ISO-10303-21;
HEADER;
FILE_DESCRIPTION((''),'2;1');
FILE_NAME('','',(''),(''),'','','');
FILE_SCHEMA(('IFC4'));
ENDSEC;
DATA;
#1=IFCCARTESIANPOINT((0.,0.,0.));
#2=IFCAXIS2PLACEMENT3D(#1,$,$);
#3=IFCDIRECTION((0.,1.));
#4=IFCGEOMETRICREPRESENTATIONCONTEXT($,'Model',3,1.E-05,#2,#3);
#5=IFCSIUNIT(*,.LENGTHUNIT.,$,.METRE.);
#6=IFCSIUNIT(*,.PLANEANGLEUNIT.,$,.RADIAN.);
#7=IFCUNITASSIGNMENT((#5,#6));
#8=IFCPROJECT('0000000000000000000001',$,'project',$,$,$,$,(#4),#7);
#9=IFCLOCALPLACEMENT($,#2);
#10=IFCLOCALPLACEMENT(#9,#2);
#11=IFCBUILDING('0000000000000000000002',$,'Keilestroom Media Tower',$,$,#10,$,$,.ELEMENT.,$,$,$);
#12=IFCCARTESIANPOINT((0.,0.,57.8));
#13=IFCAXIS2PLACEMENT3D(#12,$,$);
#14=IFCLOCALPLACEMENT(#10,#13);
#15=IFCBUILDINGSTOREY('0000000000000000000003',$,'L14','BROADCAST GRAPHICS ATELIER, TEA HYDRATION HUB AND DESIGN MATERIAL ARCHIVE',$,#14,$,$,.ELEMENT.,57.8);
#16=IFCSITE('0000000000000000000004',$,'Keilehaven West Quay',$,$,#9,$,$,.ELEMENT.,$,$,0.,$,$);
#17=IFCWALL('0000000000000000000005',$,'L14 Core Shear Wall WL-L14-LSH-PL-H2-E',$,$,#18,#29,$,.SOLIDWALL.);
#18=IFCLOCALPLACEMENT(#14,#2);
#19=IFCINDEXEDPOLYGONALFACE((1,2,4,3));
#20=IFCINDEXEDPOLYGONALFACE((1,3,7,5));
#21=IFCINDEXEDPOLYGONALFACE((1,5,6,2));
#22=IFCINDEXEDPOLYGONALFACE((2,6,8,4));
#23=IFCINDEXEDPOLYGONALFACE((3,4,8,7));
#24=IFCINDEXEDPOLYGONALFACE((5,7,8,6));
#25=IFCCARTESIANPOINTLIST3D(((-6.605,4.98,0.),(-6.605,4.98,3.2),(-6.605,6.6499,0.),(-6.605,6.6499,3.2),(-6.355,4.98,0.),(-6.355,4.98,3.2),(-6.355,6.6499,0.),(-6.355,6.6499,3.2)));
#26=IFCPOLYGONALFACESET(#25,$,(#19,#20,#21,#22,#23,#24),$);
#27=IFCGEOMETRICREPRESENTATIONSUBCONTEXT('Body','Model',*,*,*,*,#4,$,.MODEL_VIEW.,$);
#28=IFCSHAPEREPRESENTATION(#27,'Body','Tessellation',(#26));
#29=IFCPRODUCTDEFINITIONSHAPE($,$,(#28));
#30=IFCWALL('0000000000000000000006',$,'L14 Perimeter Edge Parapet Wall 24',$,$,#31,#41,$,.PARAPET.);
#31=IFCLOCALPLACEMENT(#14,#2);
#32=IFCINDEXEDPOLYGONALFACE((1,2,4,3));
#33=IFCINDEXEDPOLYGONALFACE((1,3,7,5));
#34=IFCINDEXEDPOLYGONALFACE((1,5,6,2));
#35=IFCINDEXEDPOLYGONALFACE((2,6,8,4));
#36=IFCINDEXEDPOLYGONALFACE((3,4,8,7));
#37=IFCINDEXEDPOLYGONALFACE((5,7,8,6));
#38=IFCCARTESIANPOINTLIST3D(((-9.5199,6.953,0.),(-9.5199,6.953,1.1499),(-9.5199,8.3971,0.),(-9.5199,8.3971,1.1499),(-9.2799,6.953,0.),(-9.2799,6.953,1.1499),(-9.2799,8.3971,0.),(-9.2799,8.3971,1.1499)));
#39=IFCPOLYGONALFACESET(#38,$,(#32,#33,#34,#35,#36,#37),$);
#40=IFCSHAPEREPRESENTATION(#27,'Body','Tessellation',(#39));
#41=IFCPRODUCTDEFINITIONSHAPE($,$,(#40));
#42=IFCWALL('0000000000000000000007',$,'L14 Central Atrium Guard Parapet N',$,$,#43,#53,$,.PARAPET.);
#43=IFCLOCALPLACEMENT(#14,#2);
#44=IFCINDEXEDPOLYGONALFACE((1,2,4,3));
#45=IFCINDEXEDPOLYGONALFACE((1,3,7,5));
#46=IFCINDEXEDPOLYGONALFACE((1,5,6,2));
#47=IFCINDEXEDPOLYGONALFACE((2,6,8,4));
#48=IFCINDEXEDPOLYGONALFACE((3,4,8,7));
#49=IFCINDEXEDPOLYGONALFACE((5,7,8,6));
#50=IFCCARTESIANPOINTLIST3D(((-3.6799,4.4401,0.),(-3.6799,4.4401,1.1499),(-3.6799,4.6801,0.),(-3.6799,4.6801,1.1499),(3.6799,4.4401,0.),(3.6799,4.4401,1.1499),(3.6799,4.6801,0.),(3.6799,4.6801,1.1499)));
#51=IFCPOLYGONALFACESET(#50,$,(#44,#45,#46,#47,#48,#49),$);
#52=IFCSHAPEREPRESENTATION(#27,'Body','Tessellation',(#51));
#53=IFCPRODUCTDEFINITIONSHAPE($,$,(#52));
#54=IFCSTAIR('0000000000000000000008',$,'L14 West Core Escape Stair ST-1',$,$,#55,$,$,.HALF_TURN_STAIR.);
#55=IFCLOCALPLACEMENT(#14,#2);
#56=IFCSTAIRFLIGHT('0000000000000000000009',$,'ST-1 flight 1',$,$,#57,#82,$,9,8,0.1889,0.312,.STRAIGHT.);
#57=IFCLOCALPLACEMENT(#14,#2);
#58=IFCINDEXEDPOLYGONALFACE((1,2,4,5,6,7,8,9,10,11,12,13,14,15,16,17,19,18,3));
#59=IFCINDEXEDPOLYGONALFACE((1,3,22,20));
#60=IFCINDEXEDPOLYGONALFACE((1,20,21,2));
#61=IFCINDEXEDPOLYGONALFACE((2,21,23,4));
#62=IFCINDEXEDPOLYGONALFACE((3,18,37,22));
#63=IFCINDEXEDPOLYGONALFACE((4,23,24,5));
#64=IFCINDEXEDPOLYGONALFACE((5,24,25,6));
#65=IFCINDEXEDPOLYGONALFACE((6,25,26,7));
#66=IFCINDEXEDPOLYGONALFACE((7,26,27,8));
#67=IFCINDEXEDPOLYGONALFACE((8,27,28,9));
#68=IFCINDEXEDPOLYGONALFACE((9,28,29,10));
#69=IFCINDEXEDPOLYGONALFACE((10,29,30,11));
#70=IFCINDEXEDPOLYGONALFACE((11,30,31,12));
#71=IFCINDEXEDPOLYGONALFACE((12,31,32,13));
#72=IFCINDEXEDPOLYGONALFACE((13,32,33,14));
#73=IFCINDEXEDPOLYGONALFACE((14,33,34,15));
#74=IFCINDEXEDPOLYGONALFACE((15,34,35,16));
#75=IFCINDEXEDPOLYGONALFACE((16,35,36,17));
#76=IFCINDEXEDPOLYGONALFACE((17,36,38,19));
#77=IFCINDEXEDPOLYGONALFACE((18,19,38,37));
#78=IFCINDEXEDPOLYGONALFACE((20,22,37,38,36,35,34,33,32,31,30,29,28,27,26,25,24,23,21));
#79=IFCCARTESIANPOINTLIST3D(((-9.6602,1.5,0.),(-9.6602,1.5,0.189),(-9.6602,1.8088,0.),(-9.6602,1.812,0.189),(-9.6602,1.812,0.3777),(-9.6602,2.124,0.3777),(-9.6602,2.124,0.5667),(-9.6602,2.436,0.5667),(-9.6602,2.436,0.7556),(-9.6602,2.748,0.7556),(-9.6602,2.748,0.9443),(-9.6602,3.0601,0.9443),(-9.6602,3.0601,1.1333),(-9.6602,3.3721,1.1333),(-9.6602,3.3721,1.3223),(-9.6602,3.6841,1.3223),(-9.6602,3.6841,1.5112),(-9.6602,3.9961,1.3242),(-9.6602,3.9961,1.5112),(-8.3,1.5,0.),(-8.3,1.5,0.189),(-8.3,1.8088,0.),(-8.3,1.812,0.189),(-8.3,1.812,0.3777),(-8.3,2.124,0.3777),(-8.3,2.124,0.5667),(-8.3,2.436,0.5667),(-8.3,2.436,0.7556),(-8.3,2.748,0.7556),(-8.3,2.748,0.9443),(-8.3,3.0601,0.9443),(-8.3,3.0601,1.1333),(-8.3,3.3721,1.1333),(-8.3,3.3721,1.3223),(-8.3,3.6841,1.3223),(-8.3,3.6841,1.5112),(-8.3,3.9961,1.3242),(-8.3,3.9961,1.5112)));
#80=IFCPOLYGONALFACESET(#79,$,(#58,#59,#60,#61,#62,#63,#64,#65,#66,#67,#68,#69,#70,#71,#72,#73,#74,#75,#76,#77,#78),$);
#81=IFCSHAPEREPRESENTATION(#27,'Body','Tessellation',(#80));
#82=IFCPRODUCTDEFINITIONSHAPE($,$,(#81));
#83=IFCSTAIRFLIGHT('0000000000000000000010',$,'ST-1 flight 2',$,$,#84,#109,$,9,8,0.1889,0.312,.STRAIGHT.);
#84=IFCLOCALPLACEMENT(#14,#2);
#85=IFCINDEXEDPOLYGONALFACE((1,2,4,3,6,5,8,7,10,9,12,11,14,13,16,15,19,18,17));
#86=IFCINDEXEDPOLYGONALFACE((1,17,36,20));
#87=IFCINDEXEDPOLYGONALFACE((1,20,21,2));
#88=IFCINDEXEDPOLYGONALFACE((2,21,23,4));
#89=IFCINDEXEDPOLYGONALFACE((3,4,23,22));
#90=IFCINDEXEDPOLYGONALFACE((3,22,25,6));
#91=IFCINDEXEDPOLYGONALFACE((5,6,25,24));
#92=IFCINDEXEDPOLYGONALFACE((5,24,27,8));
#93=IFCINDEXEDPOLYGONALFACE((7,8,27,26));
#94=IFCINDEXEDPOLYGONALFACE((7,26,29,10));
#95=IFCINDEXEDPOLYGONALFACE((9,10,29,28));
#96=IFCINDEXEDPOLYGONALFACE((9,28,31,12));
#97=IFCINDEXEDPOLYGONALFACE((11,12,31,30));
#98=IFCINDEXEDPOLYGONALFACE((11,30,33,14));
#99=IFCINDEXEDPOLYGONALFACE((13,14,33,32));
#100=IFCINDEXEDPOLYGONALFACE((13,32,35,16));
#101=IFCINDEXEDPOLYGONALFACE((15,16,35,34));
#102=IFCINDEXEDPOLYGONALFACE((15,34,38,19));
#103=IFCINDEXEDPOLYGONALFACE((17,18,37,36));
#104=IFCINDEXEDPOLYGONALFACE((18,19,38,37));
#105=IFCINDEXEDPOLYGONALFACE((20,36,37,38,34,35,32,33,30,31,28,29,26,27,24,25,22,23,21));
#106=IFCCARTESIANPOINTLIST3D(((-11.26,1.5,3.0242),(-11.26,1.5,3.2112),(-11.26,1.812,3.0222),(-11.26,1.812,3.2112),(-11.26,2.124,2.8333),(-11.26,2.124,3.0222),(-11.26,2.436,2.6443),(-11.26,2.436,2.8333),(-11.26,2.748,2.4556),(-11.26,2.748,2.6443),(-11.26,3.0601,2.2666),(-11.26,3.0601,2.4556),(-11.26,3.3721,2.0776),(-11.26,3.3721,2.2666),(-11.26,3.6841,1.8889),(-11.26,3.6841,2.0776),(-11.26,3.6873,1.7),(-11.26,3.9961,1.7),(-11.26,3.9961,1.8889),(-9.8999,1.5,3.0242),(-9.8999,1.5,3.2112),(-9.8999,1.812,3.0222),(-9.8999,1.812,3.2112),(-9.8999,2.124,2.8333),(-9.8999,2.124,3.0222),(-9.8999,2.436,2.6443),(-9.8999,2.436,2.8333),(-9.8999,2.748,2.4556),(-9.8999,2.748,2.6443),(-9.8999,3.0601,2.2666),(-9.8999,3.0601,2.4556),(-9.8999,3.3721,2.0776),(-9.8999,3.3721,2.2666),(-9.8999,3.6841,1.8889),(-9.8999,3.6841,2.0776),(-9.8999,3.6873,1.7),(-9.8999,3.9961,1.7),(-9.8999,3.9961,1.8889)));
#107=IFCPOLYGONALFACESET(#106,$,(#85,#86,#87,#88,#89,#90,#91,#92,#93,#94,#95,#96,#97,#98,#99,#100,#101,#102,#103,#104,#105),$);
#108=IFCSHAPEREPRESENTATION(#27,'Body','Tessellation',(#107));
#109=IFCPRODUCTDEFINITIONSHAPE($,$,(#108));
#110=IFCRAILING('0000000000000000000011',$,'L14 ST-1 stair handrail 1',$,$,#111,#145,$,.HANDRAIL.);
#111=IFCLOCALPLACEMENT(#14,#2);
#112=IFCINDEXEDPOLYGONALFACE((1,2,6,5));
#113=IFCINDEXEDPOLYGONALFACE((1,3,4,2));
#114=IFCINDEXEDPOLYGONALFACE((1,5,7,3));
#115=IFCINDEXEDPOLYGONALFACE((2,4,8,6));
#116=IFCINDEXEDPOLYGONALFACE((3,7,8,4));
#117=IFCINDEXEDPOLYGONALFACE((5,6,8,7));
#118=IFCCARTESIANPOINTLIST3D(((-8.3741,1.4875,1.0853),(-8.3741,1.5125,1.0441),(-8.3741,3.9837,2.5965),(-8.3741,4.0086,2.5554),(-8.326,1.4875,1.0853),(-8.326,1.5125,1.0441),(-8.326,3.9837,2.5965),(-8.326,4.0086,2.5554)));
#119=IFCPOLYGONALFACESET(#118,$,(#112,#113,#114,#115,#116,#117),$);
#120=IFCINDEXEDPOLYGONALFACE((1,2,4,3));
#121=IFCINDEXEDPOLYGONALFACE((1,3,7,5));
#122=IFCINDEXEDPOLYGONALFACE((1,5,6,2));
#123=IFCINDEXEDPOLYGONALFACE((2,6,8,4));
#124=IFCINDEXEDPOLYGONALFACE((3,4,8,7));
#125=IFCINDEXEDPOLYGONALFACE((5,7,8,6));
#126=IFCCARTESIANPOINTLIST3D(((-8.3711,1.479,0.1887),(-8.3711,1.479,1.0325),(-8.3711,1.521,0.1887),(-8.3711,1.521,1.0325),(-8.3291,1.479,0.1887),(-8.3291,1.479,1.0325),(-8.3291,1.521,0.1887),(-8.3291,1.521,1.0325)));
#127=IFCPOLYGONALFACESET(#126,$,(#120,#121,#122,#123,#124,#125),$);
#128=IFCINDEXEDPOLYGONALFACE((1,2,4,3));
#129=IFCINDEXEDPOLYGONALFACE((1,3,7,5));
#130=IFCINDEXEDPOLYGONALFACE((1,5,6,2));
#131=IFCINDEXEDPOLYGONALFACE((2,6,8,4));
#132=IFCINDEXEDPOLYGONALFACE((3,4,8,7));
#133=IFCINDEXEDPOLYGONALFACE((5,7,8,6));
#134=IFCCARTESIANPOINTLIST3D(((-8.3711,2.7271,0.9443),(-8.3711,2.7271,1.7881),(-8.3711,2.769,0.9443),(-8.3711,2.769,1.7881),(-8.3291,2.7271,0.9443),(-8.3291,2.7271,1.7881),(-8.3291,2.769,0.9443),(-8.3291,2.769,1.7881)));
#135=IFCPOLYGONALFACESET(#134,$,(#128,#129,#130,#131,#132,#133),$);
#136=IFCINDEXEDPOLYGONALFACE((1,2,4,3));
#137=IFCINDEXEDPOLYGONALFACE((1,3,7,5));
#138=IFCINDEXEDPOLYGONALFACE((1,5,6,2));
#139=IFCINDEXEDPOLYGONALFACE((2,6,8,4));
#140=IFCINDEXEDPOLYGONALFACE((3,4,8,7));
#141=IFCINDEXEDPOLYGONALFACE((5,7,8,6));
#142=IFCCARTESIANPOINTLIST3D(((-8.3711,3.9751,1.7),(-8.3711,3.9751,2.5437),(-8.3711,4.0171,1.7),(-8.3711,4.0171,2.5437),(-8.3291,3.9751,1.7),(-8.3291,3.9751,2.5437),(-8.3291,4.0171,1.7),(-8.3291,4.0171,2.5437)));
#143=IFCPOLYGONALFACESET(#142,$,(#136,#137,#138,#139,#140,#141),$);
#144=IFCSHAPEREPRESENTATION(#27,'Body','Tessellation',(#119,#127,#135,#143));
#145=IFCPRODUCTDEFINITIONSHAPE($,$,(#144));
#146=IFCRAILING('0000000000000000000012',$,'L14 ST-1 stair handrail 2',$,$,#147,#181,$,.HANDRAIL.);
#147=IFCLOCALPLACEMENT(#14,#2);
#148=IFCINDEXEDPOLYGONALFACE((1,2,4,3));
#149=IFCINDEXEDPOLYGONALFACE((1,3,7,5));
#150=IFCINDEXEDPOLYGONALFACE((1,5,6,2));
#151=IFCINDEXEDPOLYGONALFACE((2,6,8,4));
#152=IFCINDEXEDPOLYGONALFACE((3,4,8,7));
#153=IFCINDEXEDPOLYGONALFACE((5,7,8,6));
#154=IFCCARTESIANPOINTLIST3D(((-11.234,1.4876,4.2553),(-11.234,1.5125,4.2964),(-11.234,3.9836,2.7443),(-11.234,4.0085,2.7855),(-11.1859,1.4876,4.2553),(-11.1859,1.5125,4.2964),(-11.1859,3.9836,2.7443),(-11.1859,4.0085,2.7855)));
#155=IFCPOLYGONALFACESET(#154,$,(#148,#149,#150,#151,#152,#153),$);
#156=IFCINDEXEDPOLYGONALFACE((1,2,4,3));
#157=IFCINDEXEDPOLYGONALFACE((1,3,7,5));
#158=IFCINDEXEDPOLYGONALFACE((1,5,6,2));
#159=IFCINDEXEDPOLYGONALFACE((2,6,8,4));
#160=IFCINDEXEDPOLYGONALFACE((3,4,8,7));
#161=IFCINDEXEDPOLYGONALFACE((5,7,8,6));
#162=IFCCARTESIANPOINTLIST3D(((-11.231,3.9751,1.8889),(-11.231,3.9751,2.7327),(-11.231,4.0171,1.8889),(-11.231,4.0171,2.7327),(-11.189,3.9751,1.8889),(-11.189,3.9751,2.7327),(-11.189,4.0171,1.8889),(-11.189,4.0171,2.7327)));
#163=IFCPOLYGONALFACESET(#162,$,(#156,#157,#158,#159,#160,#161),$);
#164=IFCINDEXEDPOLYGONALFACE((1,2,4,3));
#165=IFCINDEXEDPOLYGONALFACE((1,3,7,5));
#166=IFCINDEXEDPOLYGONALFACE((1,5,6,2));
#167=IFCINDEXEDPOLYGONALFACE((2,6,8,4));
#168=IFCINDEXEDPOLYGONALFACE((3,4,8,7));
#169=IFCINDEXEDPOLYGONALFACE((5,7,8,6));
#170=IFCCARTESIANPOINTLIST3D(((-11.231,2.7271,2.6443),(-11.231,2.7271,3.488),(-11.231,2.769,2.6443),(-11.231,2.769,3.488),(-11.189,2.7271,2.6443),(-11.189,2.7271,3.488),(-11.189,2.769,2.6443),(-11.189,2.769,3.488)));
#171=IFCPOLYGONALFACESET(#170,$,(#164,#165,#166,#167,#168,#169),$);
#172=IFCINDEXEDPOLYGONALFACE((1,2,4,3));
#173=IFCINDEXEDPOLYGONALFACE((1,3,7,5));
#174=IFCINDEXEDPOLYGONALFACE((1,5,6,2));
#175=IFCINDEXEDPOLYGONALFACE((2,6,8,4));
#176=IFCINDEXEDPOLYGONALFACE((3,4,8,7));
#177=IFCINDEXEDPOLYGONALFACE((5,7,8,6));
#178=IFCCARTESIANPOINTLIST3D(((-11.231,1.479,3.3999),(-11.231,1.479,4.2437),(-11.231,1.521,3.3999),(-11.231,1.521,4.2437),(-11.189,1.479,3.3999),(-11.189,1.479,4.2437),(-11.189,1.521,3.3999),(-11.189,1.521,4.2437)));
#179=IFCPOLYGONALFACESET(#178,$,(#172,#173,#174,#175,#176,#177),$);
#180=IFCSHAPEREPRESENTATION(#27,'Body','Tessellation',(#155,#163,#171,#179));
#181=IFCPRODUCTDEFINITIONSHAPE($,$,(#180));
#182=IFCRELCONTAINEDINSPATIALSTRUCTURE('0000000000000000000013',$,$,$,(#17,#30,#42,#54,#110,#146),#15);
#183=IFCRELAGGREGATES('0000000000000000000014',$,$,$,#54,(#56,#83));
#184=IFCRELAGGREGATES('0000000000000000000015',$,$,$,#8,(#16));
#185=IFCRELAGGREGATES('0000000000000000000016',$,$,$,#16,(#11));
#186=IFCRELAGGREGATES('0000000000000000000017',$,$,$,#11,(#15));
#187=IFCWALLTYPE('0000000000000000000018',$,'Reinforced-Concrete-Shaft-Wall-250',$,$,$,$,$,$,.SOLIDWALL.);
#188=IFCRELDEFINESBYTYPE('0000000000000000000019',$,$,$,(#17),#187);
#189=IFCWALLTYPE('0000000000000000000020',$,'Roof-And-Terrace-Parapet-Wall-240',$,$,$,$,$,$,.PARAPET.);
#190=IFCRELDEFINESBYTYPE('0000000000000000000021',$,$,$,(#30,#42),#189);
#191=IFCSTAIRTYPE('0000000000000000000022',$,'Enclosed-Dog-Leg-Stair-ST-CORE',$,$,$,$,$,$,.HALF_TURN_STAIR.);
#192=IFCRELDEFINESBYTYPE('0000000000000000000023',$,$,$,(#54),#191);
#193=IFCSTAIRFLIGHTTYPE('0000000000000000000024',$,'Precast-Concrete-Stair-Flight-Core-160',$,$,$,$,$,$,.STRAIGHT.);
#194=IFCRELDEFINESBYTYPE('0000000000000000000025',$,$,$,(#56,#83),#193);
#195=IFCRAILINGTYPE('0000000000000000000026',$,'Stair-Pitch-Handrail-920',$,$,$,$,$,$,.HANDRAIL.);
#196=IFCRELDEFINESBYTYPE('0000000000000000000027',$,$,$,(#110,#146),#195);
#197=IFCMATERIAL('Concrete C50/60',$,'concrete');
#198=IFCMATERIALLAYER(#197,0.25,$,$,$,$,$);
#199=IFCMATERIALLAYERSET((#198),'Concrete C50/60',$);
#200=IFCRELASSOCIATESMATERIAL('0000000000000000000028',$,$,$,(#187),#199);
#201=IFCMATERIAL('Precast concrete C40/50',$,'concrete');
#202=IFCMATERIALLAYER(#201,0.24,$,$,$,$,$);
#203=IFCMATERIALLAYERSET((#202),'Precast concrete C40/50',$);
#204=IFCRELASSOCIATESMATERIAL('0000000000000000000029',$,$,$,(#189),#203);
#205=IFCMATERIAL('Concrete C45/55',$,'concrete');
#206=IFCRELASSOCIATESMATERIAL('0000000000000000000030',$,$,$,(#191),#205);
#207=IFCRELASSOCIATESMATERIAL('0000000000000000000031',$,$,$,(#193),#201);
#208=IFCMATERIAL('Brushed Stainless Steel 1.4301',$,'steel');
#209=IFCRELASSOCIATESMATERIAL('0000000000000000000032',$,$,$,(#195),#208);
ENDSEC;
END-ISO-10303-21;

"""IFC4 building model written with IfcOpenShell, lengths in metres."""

from ifc_helpers import new_model, si_unit, direction, frame, frame_2d, origin, origin_2d, place, context, subcontext, project, spatial, polyline, rectangle, outline, extrude, material, layer, layer_set, type_object, element, aggregate, save


model = new_model("IFC4")

# Units and contexts
model_context = context("Model", 3, precision=1e-05, world=origin(), true_north=direction((0.0, 1.0)))
body_context = subcontext(model_context, "Body", "Model", "MODEL_VIEW")
ifc_project = project(units=[si_unit("LENGTHUNIT", "METRE"), si_unit("PLANEANGLEUNIT", "RADIAN")], contexts=[model_context])

# Site, building, storey
site_placement = place(None, origin())
site = spatial("IfcSite", under=ifc_project, at=site_placement, Name="Keilehaven West Quay", CompositionType="ELEMENT", RefElevation=0.0)
building_placement = place(site_placement, origin())
building = spatial("IfcBuilding", under=site, at=building_placement, Name="Keilestroom Media Tower", CompositionType="ELEMENT")
storey_placement = place(building_placement, frame((0.0, 0.0, 57.8)))
storey = spatial("IfcBuildingStorey", under=building, at=storey_placement, Name="L14", Description="BROADCAST GRAPHICS ATELIER, TEA HYDRATION HUB AND DESIGN MATERIAL ARCHIVE", CompositionType="ELEMENT", Elevation=57.8)

# Shared definitions
ifc_material_1 = material(Name="Concrete C50/60", Category="concrete")

# Shared definitions
ifc_layer_1 = layer(ifc_material_1, 0.25)
ifc_layer_set_1 = layer_set([ifc_layer_1], Name="Concrete C50/60")
wall_type_1 = type_object("IfcWallType", Name="Reinforced-Concrete-Shaft-Wall-250", PredefinedType="SOLIDWALL", material=ifc_layer_set_1)

# Walls
wall_1_placement = place(storey_placement, frame((-6.48, 4.98, 0.0), z_axis=(0.0, 0.0, 1.0), x_axis=(0.0, 1.0, 0.0)))
element("IfcWall", 1, at=wall_1_placement, inside=storey, type_object=wall_type_1, Name="L14 Core Shear Wall WL-L14-LSH-PL-H2-E", PredefinedType="SOLIDWALL", context=body_context, shape_type="SweptSolid", body=[
    extrude(rectangle(XDim=1.6699, YDim=0.25, at=frame_2d((0.835, 0.0))), origin(), (0.0, 0.0, 1.0), 3.2),
])
ifc_material_2 = material(Name="Precast concrete C40/50", Category="concrete")
ifc_layer_2 = layer(ifc_material_2, 0.24)
ifc_layer_set_2 = layer_set([ifc_layer_2], Name="Precast concrete C40/50")
wall_type_2 = type_object("IfcWallType", Name="Roof-And-Terrace-Parapet-Wall-240", PredefinedType="PARAPET", material=ifc_layer_set_2)
wall_2_placement = place(storey_placement, frame((-9.3999, 6.9529, 0.0), z_axis=(0.0, 0.0, 1.0), x_axis=(0.0, 1.0, 0.0)))
element("IfcWall", 2, at=wall_2_placement, inside=storey, type_object=wall_type_2, Name="L14 Perimeter Edge Parapet Wall 24", PredefinedType="PARAPET", context=body_context, shape_type="SweptSolid", body=[
    extrude(rectangle(XDim=1.4441, YDim=0.24, at=frame_2d((0.7222, 0.0))), origin(), (0.0, 0.0, 1.0), 1.1499),
])
wall_3_placement = place(storey_placement, frame((-3.6799, 4.5601, 0.0), z_axis=(0.0, 0.0, 1.0), x_axis=(1.0, 0.0, 0.0)))
element("IfcWall", 3, at=wall_3_placement, inside=storey, type_object=wall_type_2, Name="L14 Central Atrium Guard Parapet N", PredefinedType="PARAPET", context=body_context, shape_type="SweptSolid", body=[
    extrude(rectangle(XDim=7.3599, YDim=0.24, at=frame_2d((3.6799, 0.0))), origin(), (0.0, 0.0, 1.0), 1.1499),
])

# Stair, stair flights
ifc_material_3 = material(Name="Concrete C45/55", Category="concrete")
stair_type = type_object("IfcStairType", Name="Enclosed-Dog-Leg-Stair-ST-CORE", PredefinedType="HALF_TURN_STAIR", material=ifc_material_3)
stair_placement = place(storey_placement, origin())
stair = element("IfcStair", 4, at=stair_placement, inside=storey, type_object=stair_type, Name="L14 West Core Escape Stair ST-1", PredefinedType="HALF_TURN_STAIR")
stair_flight_type = type_object("IfcStairFlightType", Name="Precast-Concrete-Stair-Flight-Core-160", PredefinedType="STRAIGHT", material=ifc_material_2)
stair_flight_1_placement = place(storey_placement, frame((-8.98, 1.5, 0.0), z_axis=(0.0, 0.0, 1.0), x_axis=(0.0, 1.0, 0.0)))
stair_flight_1 = element("IfcStairFlight", 5, at=stair_flight_1_placement, type_object=stair_flight_type, Name="ST-1 flight 1", NumberOfRisers=9, NumberOfTreads=8, PredefinedType="STRAIGHT", RiserHeight=0.1889, TreadLength=0.312, context=body_context, shape_type="SweptSolid", body=[
    extrude(outline(polyline([(0.0, 0.0), (0.0, 0.189), (0.312, 0.189), (0.312, 0.3777), (0.624, 0.3777), (0.624, 0.5667), (0.936, 0.5667), (0.936, 0.7556), (1.248, 0.7556), (1.248, 0.9443), (1.5601, 0.9443), (1.5601, 1.1333), (1.8721, 1.1333), (1.8721, 1.3223), (2.1841, 1.3223), (2.1841, 1.5112), (2.4961, 1.5112), (2.4961, 1.7), (2.4961, 1.3242), (0.3088, 0.0), (0.0, 0.0)])), frame((0.0, 0.6802, 0.0), z_axis=(0.0, -1.0, 0.0), x_axis=(1.0, 0.0, 0.0)), (0.0, 0.0, 1.0), 1.3601),
])
stair_flight_2_placement = place(storey_placement, frame((-10.5801, 3.9961, 1.7), z_axis=(0.0, 0.0, 1.0), x_axis=(0.0, -1.0, 0.0)))
stair_flight_2 = element("IfcStairFlight", 6, at=stair_flight_2_placement, type_object=stair_flight_type, Name="ST-1 flight 2", NumberOfRisers=9, NumberOfTreads=8, PredefinedType="STRAIGHT", RiserHeight=0.1889, TreadLength=0.312, context=body_context, shape_type="SweptSolid", body=[
    extrude(outline(polyline([(0.0, 0.0), (0.0, 0.189), (0.312, 0.189), (0.312, 0.3777), (0.624, 0.3777), (0.624, 0.5667), (0.936, 0.5667), (0.936, 0.7556), (1.248, 0.7556), (1.248, 0.9443), (1.5601, 0.9443), (1.5601, 1.1333), (1.8721, 1.1333), (1.8721, 1.3223), (2.1841, 1.3223), (2.1841, 1.5112), (2.4961, 1.5112), (2.4961, 1.7), (2.4961, 1.3242), (0.3088, 0.0), (0.0, 0.0)])), frame((0.0, 0.6802, 0.0), z_axis=(0.0, -1.0, 0.0), x_axis=(1.0, 0.0, 0.0)), (0.0, 0.0, 1.0), 1.3601),
])
aggregate(stair, [stair_flight_1, stair_flight_2])

# Railings
ifc_material_4 = material(Name="Brushed Stainless Steel 1.4301", Category="steel")
railing_type_1 = type_object("IfcRailingType", Name="Stair-Pitch-Handrail-920", PredefinedType="HANDRAIL", material=ifc_material_4)
railing_1_placement = place(storey_placement, frame((-8.3501, 1.5, 0.1887)))
element("IfcRailing", 7, at=railing_1_placement, inside=storey, type_object=railing_type_1, Name="L14 ST-1 stair handrail 1", PredefinedType="HANDRAIL", context=body_context, shape_type="SweptSolid", body=[
    extrude(rectangle(XDim=0.0481, YDim=0.0481, at=origin_2d()), frame((0.0, 0.0, 0.876), z_axis=(0.0, 0.855434, 0.517912), x_axis=(-1.0, 0.0, 0.0)), (0.0, 0.0, 1.0), 2.918),
    extrude(rectangle(XDim=0.042, YDim=0.042, at=origin_2d()), origin(), (0.0, 0.0, 1.0), 0.8438),
    extrude(rectangle(XDim=0.042, YDim=0.042, at=origin_2d()), frame((0.0, 1.248, 0.7556)), (0.0, 0.0, 1.0), 0.8438),
    extrude(rectangle(XDim=0.042, YDim=0.042, at=origin_2d()), frame((0.0, 2.4961, 1.5112)), (0.0, 0.0, 1.0), 0.8438),
])
railing_2_placement = place(storey_placement, frame((-11.21, 3.9961, 1.8889)))
element("IfcRailing", 8, at=railing_2_placement, inside=storey, type_object=railing_type_1, Name="L14 ST-1 stair handrail 2", PredefinedType="HANDRAIL", context=body_context, shape_type="SweptSolid", body=[
    extrude(rectangle(XDim=0.0481, YDim=0.0481, at=origin_2d()), frame((0.0, 0.0, 0.876), z_axis=(0.0, -0.855471, 0.517851), x_axis=(1.0, 0.0, 0.0)), (0.0, 0.0, 1.0), 2.9177),
    extrude(rectangle(XDim=0.042, YDim=0.042, at=origin_2d()), origin(), (0.0, 0.0, 1.0), 0.8438),
    extrude(rectangle(XDim=0.042, YDim=0.042, at=origin_2d()), frame((0.0, -1.248, 0.7554)), (0.0, 0.0, 1.0), 0.8438),
    extrude(rectangle(XDim=0.042, YDim=0.042, at=origin_2d()), frame((0.0, -2.4961, 1.511)), (0.0, 0.0, 1.0), 0.8438),
])

save(model, "model.ifc")
